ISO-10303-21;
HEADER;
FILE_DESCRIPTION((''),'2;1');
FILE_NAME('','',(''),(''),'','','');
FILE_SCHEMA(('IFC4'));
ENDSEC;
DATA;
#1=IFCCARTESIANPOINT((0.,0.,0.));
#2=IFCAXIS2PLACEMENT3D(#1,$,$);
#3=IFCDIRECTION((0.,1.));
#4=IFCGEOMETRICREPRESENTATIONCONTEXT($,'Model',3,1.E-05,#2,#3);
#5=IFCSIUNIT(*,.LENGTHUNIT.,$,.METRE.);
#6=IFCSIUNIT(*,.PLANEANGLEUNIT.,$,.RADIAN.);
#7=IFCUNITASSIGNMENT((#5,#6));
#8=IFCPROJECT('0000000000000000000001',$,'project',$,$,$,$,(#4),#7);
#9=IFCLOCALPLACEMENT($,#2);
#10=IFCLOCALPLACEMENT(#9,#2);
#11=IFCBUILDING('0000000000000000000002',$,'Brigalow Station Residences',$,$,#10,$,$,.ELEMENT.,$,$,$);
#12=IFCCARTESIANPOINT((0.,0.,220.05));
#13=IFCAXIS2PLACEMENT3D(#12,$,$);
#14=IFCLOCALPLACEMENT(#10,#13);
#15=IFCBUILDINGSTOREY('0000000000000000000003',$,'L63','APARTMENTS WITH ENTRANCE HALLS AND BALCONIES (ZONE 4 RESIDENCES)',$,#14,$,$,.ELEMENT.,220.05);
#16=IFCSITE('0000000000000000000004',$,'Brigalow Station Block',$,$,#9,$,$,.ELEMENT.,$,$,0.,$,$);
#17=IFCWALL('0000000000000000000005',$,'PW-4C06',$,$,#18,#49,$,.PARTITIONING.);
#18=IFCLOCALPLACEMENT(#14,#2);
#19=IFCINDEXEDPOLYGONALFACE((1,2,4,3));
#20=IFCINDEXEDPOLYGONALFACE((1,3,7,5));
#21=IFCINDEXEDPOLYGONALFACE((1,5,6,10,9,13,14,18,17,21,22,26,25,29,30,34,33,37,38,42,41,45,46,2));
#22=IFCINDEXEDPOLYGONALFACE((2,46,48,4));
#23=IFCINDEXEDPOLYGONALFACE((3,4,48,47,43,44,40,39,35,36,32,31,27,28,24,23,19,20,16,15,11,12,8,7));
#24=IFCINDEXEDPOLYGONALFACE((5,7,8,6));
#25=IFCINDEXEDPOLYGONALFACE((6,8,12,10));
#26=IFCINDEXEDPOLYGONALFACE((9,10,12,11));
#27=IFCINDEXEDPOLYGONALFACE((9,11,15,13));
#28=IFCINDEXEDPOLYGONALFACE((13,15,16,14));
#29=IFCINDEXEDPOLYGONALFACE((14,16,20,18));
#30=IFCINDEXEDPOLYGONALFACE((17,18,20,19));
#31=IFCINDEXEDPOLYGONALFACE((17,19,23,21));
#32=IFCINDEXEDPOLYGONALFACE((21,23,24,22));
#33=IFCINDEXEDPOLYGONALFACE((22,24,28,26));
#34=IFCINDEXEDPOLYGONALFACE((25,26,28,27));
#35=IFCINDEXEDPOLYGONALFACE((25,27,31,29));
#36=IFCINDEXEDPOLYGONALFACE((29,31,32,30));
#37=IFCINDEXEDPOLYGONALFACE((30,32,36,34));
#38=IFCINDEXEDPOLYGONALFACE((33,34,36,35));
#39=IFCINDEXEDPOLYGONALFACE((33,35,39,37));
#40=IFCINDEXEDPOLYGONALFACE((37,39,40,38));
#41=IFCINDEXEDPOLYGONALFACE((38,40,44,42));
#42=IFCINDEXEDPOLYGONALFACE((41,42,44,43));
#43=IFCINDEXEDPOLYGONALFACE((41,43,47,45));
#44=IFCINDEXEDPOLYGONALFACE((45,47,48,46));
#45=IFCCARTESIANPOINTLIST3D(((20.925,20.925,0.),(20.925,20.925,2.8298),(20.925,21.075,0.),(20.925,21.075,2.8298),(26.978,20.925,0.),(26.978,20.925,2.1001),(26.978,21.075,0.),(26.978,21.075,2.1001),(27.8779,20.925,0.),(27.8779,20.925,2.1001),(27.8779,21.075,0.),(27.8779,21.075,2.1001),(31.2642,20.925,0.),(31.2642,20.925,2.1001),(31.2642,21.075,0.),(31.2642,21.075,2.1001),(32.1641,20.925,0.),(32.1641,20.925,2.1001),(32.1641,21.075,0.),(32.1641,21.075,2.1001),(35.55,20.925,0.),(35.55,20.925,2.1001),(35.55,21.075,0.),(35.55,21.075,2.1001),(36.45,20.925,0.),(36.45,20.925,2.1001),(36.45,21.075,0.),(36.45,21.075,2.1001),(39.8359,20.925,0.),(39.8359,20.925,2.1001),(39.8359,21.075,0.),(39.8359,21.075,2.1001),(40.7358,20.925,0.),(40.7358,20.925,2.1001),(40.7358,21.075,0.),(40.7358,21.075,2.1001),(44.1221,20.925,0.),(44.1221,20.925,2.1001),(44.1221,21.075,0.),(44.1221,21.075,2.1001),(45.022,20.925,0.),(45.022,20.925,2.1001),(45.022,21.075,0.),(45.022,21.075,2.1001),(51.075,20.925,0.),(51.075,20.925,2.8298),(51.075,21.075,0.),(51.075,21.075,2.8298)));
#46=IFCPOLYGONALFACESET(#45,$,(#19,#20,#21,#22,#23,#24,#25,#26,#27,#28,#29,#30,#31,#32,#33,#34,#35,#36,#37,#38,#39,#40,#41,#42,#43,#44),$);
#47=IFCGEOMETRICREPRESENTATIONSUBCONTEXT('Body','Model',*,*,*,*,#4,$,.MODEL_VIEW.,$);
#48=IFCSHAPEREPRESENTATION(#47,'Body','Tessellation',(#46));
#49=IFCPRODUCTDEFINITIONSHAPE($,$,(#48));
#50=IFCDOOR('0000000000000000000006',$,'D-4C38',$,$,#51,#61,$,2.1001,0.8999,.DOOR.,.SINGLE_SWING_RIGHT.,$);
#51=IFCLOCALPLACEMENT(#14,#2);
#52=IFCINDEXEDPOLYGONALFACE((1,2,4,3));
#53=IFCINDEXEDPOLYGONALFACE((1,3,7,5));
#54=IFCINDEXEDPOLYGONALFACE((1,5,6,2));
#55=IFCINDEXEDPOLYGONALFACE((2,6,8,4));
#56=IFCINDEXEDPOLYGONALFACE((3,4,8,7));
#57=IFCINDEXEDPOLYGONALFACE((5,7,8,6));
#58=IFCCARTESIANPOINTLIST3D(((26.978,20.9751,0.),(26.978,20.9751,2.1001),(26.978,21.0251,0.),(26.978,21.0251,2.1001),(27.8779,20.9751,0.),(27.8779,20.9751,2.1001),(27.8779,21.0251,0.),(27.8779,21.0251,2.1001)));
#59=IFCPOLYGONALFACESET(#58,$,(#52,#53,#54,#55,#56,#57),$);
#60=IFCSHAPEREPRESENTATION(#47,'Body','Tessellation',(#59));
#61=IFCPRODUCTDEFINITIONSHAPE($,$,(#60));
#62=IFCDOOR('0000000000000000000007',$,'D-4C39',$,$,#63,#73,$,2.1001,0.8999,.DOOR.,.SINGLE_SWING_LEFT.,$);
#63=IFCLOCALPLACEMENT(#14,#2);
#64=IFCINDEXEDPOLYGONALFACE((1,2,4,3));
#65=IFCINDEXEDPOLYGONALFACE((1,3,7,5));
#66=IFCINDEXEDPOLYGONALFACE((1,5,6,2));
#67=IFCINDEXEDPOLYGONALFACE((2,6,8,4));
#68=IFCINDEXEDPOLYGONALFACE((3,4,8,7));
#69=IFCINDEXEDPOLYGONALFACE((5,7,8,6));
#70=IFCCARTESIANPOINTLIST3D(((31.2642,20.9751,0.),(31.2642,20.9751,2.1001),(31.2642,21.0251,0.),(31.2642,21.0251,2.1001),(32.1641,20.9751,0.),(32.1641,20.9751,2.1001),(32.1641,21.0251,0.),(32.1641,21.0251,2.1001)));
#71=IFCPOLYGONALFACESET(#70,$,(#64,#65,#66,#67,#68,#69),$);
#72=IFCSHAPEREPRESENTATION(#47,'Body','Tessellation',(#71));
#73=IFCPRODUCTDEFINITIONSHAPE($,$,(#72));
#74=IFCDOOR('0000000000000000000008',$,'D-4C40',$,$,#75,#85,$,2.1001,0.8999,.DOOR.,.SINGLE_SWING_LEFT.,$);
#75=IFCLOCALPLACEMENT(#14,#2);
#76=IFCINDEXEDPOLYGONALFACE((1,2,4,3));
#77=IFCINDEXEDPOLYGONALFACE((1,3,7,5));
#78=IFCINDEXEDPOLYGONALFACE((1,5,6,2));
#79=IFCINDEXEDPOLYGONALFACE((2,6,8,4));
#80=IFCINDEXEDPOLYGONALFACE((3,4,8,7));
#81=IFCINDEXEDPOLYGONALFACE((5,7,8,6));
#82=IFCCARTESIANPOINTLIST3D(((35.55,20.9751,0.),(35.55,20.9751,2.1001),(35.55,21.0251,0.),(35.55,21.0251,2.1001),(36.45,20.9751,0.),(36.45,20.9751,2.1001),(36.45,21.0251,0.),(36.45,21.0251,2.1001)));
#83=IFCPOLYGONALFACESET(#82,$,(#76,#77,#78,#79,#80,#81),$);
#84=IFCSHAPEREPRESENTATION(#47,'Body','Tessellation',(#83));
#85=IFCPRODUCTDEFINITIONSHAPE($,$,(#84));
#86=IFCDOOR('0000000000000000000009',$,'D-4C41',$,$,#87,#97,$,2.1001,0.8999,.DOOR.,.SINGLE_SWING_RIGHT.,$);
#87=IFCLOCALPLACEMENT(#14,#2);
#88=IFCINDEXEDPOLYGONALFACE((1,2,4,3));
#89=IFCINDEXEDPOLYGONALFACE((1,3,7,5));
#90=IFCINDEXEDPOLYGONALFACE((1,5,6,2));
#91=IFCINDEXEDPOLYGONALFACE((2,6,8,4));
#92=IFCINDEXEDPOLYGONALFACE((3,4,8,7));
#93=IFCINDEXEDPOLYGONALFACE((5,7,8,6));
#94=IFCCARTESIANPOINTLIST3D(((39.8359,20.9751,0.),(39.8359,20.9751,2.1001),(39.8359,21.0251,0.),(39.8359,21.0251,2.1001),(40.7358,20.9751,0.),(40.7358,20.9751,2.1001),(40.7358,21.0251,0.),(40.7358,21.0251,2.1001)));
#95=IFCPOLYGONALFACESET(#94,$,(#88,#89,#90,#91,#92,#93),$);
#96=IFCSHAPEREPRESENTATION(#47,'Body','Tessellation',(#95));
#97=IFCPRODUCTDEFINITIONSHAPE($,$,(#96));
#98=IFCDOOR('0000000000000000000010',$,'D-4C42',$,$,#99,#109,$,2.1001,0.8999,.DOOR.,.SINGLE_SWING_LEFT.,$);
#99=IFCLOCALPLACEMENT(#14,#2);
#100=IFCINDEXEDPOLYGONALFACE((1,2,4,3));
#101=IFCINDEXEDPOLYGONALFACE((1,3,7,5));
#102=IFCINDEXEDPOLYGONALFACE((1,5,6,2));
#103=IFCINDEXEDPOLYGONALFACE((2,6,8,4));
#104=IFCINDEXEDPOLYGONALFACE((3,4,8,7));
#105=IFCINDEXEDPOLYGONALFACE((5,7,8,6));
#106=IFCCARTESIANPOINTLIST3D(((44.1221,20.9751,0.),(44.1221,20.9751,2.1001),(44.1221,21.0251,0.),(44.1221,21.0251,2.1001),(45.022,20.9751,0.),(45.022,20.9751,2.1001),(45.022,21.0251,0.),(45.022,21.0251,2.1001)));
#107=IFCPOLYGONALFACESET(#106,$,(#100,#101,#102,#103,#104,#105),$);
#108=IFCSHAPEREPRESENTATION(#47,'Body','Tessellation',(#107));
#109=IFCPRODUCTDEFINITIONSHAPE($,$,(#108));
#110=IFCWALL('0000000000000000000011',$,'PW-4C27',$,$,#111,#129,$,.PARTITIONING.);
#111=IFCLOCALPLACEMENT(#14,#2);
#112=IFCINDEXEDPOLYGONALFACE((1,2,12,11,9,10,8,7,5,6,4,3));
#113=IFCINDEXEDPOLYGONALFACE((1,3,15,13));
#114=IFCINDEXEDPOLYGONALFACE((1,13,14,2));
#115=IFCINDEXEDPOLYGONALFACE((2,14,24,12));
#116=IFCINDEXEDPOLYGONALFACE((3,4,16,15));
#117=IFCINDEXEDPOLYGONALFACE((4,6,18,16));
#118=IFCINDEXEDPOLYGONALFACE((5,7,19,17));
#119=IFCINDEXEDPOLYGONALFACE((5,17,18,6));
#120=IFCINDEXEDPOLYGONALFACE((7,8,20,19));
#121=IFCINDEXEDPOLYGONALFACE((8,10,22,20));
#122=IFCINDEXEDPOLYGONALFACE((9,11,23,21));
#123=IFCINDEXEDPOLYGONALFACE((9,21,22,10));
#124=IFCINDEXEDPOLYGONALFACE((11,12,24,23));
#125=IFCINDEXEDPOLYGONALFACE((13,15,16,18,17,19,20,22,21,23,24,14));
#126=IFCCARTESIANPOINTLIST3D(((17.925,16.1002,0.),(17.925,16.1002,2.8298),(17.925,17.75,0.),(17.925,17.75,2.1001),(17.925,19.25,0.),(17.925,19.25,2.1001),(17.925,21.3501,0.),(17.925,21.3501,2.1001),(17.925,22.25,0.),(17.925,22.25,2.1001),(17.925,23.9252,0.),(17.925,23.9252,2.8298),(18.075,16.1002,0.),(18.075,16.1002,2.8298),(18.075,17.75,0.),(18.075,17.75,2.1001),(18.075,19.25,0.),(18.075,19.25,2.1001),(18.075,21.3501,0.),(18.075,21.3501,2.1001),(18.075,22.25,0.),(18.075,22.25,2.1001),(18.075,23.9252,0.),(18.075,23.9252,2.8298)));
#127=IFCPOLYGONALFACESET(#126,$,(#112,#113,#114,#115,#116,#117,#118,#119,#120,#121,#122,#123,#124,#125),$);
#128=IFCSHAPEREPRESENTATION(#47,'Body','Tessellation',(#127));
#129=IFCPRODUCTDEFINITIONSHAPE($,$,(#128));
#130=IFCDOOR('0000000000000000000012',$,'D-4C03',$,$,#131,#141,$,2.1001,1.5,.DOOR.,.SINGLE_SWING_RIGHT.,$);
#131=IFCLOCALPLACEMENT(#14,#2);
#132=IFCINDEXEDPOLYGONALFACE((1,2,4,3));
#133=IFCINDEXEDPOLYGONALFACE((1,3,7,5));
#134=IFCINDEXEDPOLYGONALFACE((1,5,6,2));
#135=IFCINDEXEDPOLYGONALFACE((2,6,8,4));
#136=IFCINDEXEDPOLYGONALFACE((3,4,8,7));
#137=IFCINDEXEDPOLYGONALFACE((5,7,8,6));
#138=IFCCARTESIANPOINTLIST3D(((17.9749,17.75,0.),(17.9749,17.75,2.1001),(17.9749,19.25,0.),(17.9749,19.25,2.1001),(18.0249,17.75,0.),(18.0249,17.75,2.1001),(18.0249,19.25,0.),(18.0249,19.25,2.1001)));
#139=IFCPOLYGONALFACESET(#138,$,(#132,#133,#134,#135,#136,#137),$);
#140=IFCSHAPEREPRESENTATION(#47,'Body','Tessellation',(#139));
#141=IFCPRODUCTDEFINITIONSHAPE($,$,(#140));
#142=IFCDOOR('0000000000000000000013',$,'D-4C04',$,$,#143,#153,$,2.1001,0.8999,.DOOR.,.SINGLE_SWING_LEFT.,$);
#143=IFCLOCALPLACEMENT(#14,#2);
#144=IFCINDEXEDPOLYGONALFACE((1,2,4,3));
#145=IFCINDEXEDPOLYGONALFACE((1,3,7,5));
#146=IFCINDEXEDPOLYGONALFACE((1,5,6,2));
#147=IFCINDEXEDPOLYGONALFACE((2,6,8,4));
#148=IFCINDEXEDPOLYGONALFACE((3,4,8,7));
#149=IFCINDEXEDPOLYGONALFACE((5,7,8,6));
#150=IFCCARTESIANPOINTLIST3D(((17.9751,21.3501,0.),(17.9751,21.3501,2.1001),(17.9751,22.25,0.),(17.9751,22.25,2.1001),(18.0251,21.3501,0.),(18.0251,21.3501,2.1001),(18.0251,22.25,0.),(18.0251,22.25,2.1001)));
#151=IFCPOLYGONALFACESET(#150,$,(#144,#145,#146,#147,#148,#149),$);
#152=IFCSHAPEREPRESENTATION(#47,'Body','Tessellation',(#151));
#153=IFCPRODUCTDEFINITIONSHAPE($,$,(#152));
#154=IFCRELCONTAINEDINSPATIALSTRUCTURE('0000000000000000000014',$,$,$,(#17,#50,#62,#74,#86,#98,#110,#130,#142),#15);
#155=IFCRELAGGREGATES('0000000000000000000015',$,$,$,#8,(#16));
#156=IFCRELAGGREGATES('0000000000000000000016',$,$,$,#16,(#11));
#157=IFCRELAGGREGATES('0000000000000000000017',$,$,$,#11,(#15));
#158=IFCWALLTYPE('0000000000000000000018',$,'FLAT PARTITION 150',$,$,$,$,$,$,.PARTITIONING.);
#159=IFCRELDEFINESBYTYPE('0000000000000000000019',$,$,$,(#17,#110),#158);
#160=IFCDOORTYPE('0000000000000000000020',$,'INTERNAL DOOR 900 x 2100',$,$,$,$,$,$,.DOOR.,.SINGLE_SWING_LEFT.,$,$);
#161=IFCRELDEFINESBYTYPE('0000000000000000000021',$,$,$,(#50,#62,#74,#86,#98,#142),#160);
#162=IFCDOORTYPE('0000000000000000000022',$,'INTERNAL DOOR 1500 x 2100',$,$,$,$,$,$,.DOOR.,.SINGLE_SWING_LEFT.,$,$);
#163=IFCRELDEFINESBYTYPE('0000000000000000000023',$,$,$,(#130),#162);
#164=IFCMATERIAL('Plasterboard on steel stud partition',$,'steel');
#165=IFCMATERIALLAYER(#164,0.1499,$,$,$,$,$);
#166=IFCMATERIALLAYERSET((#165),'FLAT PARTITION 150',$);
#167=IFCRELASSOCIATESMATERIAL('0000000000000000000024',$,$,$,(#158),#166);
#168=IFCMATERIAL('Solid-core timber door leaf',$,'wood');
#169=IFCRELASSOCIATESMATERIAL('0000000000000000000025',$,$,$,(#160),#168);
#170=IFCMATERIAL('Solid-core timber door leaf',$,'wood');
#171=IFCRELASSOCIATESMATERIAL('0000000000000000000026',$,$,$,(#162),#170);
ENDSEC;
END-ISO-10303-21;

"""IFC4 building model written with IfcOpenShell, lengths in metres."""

from ifc_helpers import new_model, si_unit, direction, frame, frame_2d, origin, place, context, subcontext, project, spatial, rectangle, extrude, material, layer, layer_set, type_object, element, fill, save


model = new_model("IFC4")

# Units and contexts
model_context = context("Model", 3, precision=1e-05, world=origin(), true_north=direction((0.0, 1.0)))
body_context = subcontext(model_context, "Body", "Model", "MODEL_VIEW")
ifc_project = project(units=[si_unit("LENGTHUNIT", "METRE"), si_unit("PLANEANGLEUNIT", "RADIAN")], contexts=[model_context])

# Site, building, storey
site_placement = place(None, origin())
site = spatial("IfcSite", under=ifc_project, at=site_placement, Name="Brigalow Station Block", CompositionType="ELEMENT", RefElevation=0.0)
building_placement = place(site_placement, origin())
building = spatial("IfcBuilding", under=site, at=building_placement, Name="Brigalow Station Residences", CompositionType="ELEMENT")
storey_placement = place(building_placement, frame((0.0, 0.0, 220.05)))
storey = spatial("IfcBuildingStorey", under=building, at=storey_placement, Name="L63", Description="APARTMENTS WITH ENTRANCE HALLS AND BALCONIES (ZONE 4 RESIDENCES)", CompositionType="ELEMENT", Elevation=220.05)

# Walls, openings, doors
ifc_material_1 = material(Name="Plasterboard on steel stud partition", Category="steel")
ifc_layer_1 = layer(ifc_material_1, 0.1499)
ifc_layer_set_1 = layer_set([ifc_layer_1], Name="FLAT PARTITION 150")
wall_type_1 = type_object("IfcWallType", Name="FLAT PARTITION 150", PredefinedType="PARTITIONING", material=ifc_layer_set_1)
wall_1_placement = place(storey_placement, frame((20.925, 21.0, 0.0), z_axis=(0.0, 0.0, 1.0), x_axis=(1.0, 0.0, 0.0)))
wall_1 = element("IfcWall", 1, at=wall_1_placement, inside=storey, type_object=wall_type_1, Name="PW-4C06", PredefinedType="PARTITIONING", context=body_context, shape_type="SweptSolid", body=[
    extrude(rectangle(XDim=30.1499, YDim=0.1499, at=frame_2d((15.075, 0.0))), origin(), (0.0, 0.0, 1.0), 2.8298),
])
opening_1_placement = place(wall_1_placement, frame((6.053, 0.0, 0.0)))
opening_1 = element("IfcOpeningElement", 2, at=opening_1_placement, cuts=wall_1, PredefinedType="OPENING", context=body_context, shape_type="SweptSolid", body=[
    extrude(rectangle(XDim=0.8999, YDim=2.1001, at=frame_2d((0.45, 1.05))), frame((0.0, 0.085, 0.0), z_axis=(0.0, -1.0, 0.0), x_axis=(1.0, 0.0, 0.0)), (0.0, 0.0, 1.0), 0.1699),
])
opening_2_placement = place(wall_1_placement, frame((10.3391, 0.0, 0.0)))
opening_2 = element("IfcOpeningElement", 3, at=opening_2_placement, cuts=wall_1, PredefinedType="OPENING", context=body_context, shape_type="SweptSolid", body=[
    extrude(rectangle(XDim=0.8999, YDim=2.1001, at=frame_2d((0.45, 1.05))), frame((0.0, 0.085, 0.0), z_axis=(0.0, -1.0, 0.0), x_axis=(1.0, 0.0, 0.0)), (0.0, 0.0, 1.0), 0.1699),
])
opening_3_placement = place(wall_1_placement, frame((14.625, 0.0, 0.0)))
opening_3 = element("IfcOpeningElement", 4, at=opening_3_placement, cuts=wall_1, PredefinedType="OPENING", context=body_context, shape_type="SweptSolid", body=[
    extrude(rectangle(XDim=0.8999, YDim=2.1001, at=frame_2d((0.45, 1.05))), frame((0.0, 0.085, 0.0), z_axis=(0.0, -1.0, 0.0), x_axis=(1.0, 0.0, 0.0)), (0.0, 0.0, 1.0), 0.1699),
])
opening_4_placement = place(wall_1_placement, frame((18.9109, 0.0, 0.0)))
opening_4 = element("IfcOpeningElement", 5, at=opening_4_placement, cuts=wall_1, PredefinedType="OPENING", context=body_context, shape_type="SweptSolid", body=[
    extrude(rectangle(XDim=0.8999, YDim=2.1001, at=frame_2d((0.45, 1.05))), frame((0.0, 0.085, 0.0), z_axis=(0.0, -1.0, 0.0), x_axis=(1.0, 0.0, 0.0)), (0.0, 0.0, 1.0), 0.1699),
])
opening_5_placement = place(wall_1_placement, frame((23.197, 0.0, 0.0)))
opening_5 = element("IfcOpeningElement", 6, at=opening_5_placement, cuts=wall_1, PredefinedType="OPENING", context=body_context, shape_type="SweptSolid", body=[
    extrude(rectangle(XDim=0.8999, YDim=2.1001, at=frame_2d((0.45, 1.05))), frame((0.0, 0.085, 0.0), z_axis=(0.0, -1.0, 0.0), x_axis=(1.0, 0.0, 0.0)), (0.0, 0.0, 1.0), 0.1699),
])
ifc_material_2 = material(Name="Solid-core timber door leaf", Category="wood")
door_type_1 = type_object("IfcDoorType", Name="INTERNAL DOOR 900 x 2100", OperationType="SINGLE_SWING_LEFT", PredefinedType="DOOR", material=ifc_material_2)
door_1_placement = place(opening_1_placement, frame((0.8999, 0.0, 0.0), z_axis=(0.0, 0.0, 1.0), x_axis=(-1.0, 0.0, 0.0)))
door_1 = element("IfcDoor", 7, at=door_1_placement, inside=storey, type_object=door_type_1, Name="D-4C38", OperationType="SINGLE_SWING_RIGHT", OverallHeight=2.1001, OverallWidth=0.8999, PredefinedType="DOOR", context=body_context, shape_type="SweptSolid", body=[
    extrude(rectangle(XDim=0.8999, YDim=2.1001, at=frame_2d((0.45, 1.05))), frame((0.0, 0.0249, 0.0), z_axis=(0.0, -1.0, 0.0), x_axis=(1.0, 0.0, 0.0)), (0.0, 0.0, 1.0), 0.05),
])
fill(opening_1, door_1)
door_2_placement = place(opening_2_placement, frame((0.8999, 0.0, 0.0), z_axis=(0.0, 0.0, 1.0), x_axis=(-1.0, 0.0, 0.0)))
door_2 = element("IfcDoor", 8, at=door_2_placement, inside=storey, type_object=door_type_1, Name="D-4C39", OperationType="SINGLE_SWING_LEFT", OverallHeight=2.1001, OverallWidth=0.8999, PredefinedType="DOOR", context=body_context, shape_type="SweptSolid", body=[
    extrude(rectangle(XDim=0.8999, YDim=2.1001, at=frame_2d((0.45, 1.05))), frame((0.0, 0.0249, 0.0), z_axis=(0.0, -1.0, 0.0), x_axis=(1.0, 0.0, 0.0)), (0.0, 0.0, 1.0), 0.05),
])
fill(opening_2, door_2)
door_3_placement = place(opening_3_placement, frame((0.8999, 0.0, 0.0), z_axis=(0.0, 0.0, 1.0), x_axis=(-1.0, 0.0, 0.0)))
door_3 = element("IfcDoor", 9, at=door_3_placement, inside=storey, type_object=door_type_1, Name="D-4C40", OperationType="SINGLE_SWING_LEFT", OverallHeight=2.1001, OverallWidth=0.8999, PredefinedType="DOOR", context=body_context, shape_type="SweptSolid", body=[
    extrude(rectangle(XDim=0.8999, YDim=2.1001, at=frame_2d((0.45, 1.05))), frame((0.0, 0.0249, 0.0), z_axis=(0.0, -1.0, 0.0), x_axis=(1.0, 0.0, 0.0)), (0.0, 0.0, 1.0), 0.05),
])
fill(opening_3, door_3)
door_4_placement = place(opening_4_placement, frame((0.8999, 0.0, 0.0), z_axis=(0.0, 0.0, 1.0), x_axis=(-1.0, 0.0, 0.0)))
door_4 = element("IfcDoor", 10, at=door_4_placement, inside=storey, type_object=door_type_1, Name="D-4C41", OperationType="SINGLE_SWING_RIGHT", OverallHeight=2.1001, OverallWidth=0.8999, PredefinedType="DOOR", context=body_context, shape_type="SweptSolid", body=[
    extrude(rectangle(XDim=0.8999, YDim=2.1001, at=frame_2d((0.45, 1.05))), frame((0.0, 0.0249, 0.0), z_axis=(0.0, -1.0, 0.0), x_axis=(1.0, 0.0, 0.0)), (0.0, 0.0, 1.0), 0.05),
])
fill(opening_4, door_4)
door_5_placement = place(opening_5_placement, frame((0.8999, 0.0, 0.0), z_axis=(0.0, 0.0, 1.0), x_axis=(-1.0, 0.0, 0.0)))
door_5 = element("IfcDoor", 11, at=door_5_placement, inside=storey, type_object=door_type_1, Name="D-4C42", OperationType="SINGLE_SWING_LEFT", OverallHeight=2.1001, OverallWidth=0.8999, PredefinedType="DOOR", context=body_context, shape_type="SweptSolid", body=[
    extrude(rectangle(XDim=0.8999, YDim=2.1001, at=frame_2d((0.45, 1.05))), frame((0.0, 0.0249, 0.0), z_axis=(0.0, -1.0, 0.0), x_axis=(1.0, 0.0, 0.0)), (0.0, 0.0, 1.0), 0.05),
])
fill(opening_5, door_5)
wall_2_placement = place(storey_placement, frame((18.0, 16.1001, 0.0), z_axis=(0.0, 0.0, 1.0), x_axis=(0.0, 1.0, 0.0)))
wall_2 = element("IfcWall", 12, at=wall_2_placement, inside=storey, type_object=wall_type_1, Name="PW-4C27", PredefinedType="PARTITIONING", context=body_context, shape_type="SweptSolid", body=[
    extrude(rectangle(XDim=7.825, YDim=0.1499, at=frame_2d((3.9126, 0.0))), origin(), (0.0, 0.0, 1.0), 2.8298),
])
opening_6_placement = place(wall_2_placement, frame((1.6499, 0.0, 0.0)))
opening_6 = element("IfcOpeningElement", 13, at=opening_6_placement, cuts=wall_2, PredefinedType="OPENING", context=body_context, shape_type="SweptSolid", body=[
    extrude(rectangle(XDim=1.5, YDim=2.1001, at=frame_2d((0.75, 1.05))), frame((0.0, 0.085, 0.0), z_axis=(0.0, -1.0, 0.0), x_axis=(1.0, 0.0, 0.0)), (0.0, 0.0, 1.0), 0.1699),
])
opening_7_placement = place(wall_2_placement, frame((5.25, 0.0, 0.0)))
opening_7 = element("IfcOpeningElement", 14, at=opening_7_placement, cuts=wall_2, PredefinedType="OPENING", context=body_context, shape_type="SweptSolid", body=[
    extrude(rectangle(XDim=0.8999, YDim=2.1001, at=frame_2d((0.45, 1.05))), frame((0.0, 0.085, 0.0), z_axis=(0.0, -1.0, 0.0), x_axis=(1.0, 0.0, 0.0)), (0.0, 0.0, 1.0), 0.1699),
])
ifc_material_3 = material(Name="Solid-core timber door leaf", Category="wood")
door_type_2 = type_object("IfcDoorType", Name="INTERNAL DOOR 1500 x 2100", OperationType="SINGLE_SWING_LEFT", PredefinedType="DOOR", material=ifc_material_3)
door_6_placement = place(opening_6_placement, frame((1.5, 0.0, 0.0), z_axis=(0.0, 0.0, 1.0), x_axis=(-1.0, 0.0, 0.0)))
door_6 = element("IfcDoor", 15, at=door_6_placement, inside=storey, type_object=door_type_2, Name="D-4C03", OperationType="SINGLE_SWING_RIGHT", OverallHeight=2.1001, OverallWidth=1.5, PredefinedType="DOOR", context=body_context, shape_type="SweptSolid", body=[
    extrude(rectangle(XDim=1.5, YDim=2.1001, at=frame_2d((0.75, 1.05))), frame((0.0, 0.0249, 0.0), z_axis=(0.0, -1.0, 0.0), x_axis=(1.0, 0.0, 0.0)), (0.0, 0.0, 1.0), 0.05),
])
fill(opening_6, door_6)
door_7_placement = place(opening_7_placement, origin())
door_7 = element("IfcDoor", 16, at=door_7_placement, inside=storey, type_object=door_type_1, Name="D-4C04", OperationType="SINGLE_SWING_LEFT", OverallHeight=2.1001, OverallWidth=0.8999, PredefinedType="DOOR", context=body_context, shape_type="SweptSolid", body=[
    extrude(rectangle(XDim=0.8999, YDim=2.1001, at=frame_2d((0.45, 1.05))), frame((0.0, 0.0249, 0.0), z_axis=(0.0, -1.0, 0.0), x_axis=(1.0, 0.0, 0.0)), (0.0, 0.0, 1.0), 0.05),
])
fill(opening_7, door_7)

save(model, "model.ifc")
